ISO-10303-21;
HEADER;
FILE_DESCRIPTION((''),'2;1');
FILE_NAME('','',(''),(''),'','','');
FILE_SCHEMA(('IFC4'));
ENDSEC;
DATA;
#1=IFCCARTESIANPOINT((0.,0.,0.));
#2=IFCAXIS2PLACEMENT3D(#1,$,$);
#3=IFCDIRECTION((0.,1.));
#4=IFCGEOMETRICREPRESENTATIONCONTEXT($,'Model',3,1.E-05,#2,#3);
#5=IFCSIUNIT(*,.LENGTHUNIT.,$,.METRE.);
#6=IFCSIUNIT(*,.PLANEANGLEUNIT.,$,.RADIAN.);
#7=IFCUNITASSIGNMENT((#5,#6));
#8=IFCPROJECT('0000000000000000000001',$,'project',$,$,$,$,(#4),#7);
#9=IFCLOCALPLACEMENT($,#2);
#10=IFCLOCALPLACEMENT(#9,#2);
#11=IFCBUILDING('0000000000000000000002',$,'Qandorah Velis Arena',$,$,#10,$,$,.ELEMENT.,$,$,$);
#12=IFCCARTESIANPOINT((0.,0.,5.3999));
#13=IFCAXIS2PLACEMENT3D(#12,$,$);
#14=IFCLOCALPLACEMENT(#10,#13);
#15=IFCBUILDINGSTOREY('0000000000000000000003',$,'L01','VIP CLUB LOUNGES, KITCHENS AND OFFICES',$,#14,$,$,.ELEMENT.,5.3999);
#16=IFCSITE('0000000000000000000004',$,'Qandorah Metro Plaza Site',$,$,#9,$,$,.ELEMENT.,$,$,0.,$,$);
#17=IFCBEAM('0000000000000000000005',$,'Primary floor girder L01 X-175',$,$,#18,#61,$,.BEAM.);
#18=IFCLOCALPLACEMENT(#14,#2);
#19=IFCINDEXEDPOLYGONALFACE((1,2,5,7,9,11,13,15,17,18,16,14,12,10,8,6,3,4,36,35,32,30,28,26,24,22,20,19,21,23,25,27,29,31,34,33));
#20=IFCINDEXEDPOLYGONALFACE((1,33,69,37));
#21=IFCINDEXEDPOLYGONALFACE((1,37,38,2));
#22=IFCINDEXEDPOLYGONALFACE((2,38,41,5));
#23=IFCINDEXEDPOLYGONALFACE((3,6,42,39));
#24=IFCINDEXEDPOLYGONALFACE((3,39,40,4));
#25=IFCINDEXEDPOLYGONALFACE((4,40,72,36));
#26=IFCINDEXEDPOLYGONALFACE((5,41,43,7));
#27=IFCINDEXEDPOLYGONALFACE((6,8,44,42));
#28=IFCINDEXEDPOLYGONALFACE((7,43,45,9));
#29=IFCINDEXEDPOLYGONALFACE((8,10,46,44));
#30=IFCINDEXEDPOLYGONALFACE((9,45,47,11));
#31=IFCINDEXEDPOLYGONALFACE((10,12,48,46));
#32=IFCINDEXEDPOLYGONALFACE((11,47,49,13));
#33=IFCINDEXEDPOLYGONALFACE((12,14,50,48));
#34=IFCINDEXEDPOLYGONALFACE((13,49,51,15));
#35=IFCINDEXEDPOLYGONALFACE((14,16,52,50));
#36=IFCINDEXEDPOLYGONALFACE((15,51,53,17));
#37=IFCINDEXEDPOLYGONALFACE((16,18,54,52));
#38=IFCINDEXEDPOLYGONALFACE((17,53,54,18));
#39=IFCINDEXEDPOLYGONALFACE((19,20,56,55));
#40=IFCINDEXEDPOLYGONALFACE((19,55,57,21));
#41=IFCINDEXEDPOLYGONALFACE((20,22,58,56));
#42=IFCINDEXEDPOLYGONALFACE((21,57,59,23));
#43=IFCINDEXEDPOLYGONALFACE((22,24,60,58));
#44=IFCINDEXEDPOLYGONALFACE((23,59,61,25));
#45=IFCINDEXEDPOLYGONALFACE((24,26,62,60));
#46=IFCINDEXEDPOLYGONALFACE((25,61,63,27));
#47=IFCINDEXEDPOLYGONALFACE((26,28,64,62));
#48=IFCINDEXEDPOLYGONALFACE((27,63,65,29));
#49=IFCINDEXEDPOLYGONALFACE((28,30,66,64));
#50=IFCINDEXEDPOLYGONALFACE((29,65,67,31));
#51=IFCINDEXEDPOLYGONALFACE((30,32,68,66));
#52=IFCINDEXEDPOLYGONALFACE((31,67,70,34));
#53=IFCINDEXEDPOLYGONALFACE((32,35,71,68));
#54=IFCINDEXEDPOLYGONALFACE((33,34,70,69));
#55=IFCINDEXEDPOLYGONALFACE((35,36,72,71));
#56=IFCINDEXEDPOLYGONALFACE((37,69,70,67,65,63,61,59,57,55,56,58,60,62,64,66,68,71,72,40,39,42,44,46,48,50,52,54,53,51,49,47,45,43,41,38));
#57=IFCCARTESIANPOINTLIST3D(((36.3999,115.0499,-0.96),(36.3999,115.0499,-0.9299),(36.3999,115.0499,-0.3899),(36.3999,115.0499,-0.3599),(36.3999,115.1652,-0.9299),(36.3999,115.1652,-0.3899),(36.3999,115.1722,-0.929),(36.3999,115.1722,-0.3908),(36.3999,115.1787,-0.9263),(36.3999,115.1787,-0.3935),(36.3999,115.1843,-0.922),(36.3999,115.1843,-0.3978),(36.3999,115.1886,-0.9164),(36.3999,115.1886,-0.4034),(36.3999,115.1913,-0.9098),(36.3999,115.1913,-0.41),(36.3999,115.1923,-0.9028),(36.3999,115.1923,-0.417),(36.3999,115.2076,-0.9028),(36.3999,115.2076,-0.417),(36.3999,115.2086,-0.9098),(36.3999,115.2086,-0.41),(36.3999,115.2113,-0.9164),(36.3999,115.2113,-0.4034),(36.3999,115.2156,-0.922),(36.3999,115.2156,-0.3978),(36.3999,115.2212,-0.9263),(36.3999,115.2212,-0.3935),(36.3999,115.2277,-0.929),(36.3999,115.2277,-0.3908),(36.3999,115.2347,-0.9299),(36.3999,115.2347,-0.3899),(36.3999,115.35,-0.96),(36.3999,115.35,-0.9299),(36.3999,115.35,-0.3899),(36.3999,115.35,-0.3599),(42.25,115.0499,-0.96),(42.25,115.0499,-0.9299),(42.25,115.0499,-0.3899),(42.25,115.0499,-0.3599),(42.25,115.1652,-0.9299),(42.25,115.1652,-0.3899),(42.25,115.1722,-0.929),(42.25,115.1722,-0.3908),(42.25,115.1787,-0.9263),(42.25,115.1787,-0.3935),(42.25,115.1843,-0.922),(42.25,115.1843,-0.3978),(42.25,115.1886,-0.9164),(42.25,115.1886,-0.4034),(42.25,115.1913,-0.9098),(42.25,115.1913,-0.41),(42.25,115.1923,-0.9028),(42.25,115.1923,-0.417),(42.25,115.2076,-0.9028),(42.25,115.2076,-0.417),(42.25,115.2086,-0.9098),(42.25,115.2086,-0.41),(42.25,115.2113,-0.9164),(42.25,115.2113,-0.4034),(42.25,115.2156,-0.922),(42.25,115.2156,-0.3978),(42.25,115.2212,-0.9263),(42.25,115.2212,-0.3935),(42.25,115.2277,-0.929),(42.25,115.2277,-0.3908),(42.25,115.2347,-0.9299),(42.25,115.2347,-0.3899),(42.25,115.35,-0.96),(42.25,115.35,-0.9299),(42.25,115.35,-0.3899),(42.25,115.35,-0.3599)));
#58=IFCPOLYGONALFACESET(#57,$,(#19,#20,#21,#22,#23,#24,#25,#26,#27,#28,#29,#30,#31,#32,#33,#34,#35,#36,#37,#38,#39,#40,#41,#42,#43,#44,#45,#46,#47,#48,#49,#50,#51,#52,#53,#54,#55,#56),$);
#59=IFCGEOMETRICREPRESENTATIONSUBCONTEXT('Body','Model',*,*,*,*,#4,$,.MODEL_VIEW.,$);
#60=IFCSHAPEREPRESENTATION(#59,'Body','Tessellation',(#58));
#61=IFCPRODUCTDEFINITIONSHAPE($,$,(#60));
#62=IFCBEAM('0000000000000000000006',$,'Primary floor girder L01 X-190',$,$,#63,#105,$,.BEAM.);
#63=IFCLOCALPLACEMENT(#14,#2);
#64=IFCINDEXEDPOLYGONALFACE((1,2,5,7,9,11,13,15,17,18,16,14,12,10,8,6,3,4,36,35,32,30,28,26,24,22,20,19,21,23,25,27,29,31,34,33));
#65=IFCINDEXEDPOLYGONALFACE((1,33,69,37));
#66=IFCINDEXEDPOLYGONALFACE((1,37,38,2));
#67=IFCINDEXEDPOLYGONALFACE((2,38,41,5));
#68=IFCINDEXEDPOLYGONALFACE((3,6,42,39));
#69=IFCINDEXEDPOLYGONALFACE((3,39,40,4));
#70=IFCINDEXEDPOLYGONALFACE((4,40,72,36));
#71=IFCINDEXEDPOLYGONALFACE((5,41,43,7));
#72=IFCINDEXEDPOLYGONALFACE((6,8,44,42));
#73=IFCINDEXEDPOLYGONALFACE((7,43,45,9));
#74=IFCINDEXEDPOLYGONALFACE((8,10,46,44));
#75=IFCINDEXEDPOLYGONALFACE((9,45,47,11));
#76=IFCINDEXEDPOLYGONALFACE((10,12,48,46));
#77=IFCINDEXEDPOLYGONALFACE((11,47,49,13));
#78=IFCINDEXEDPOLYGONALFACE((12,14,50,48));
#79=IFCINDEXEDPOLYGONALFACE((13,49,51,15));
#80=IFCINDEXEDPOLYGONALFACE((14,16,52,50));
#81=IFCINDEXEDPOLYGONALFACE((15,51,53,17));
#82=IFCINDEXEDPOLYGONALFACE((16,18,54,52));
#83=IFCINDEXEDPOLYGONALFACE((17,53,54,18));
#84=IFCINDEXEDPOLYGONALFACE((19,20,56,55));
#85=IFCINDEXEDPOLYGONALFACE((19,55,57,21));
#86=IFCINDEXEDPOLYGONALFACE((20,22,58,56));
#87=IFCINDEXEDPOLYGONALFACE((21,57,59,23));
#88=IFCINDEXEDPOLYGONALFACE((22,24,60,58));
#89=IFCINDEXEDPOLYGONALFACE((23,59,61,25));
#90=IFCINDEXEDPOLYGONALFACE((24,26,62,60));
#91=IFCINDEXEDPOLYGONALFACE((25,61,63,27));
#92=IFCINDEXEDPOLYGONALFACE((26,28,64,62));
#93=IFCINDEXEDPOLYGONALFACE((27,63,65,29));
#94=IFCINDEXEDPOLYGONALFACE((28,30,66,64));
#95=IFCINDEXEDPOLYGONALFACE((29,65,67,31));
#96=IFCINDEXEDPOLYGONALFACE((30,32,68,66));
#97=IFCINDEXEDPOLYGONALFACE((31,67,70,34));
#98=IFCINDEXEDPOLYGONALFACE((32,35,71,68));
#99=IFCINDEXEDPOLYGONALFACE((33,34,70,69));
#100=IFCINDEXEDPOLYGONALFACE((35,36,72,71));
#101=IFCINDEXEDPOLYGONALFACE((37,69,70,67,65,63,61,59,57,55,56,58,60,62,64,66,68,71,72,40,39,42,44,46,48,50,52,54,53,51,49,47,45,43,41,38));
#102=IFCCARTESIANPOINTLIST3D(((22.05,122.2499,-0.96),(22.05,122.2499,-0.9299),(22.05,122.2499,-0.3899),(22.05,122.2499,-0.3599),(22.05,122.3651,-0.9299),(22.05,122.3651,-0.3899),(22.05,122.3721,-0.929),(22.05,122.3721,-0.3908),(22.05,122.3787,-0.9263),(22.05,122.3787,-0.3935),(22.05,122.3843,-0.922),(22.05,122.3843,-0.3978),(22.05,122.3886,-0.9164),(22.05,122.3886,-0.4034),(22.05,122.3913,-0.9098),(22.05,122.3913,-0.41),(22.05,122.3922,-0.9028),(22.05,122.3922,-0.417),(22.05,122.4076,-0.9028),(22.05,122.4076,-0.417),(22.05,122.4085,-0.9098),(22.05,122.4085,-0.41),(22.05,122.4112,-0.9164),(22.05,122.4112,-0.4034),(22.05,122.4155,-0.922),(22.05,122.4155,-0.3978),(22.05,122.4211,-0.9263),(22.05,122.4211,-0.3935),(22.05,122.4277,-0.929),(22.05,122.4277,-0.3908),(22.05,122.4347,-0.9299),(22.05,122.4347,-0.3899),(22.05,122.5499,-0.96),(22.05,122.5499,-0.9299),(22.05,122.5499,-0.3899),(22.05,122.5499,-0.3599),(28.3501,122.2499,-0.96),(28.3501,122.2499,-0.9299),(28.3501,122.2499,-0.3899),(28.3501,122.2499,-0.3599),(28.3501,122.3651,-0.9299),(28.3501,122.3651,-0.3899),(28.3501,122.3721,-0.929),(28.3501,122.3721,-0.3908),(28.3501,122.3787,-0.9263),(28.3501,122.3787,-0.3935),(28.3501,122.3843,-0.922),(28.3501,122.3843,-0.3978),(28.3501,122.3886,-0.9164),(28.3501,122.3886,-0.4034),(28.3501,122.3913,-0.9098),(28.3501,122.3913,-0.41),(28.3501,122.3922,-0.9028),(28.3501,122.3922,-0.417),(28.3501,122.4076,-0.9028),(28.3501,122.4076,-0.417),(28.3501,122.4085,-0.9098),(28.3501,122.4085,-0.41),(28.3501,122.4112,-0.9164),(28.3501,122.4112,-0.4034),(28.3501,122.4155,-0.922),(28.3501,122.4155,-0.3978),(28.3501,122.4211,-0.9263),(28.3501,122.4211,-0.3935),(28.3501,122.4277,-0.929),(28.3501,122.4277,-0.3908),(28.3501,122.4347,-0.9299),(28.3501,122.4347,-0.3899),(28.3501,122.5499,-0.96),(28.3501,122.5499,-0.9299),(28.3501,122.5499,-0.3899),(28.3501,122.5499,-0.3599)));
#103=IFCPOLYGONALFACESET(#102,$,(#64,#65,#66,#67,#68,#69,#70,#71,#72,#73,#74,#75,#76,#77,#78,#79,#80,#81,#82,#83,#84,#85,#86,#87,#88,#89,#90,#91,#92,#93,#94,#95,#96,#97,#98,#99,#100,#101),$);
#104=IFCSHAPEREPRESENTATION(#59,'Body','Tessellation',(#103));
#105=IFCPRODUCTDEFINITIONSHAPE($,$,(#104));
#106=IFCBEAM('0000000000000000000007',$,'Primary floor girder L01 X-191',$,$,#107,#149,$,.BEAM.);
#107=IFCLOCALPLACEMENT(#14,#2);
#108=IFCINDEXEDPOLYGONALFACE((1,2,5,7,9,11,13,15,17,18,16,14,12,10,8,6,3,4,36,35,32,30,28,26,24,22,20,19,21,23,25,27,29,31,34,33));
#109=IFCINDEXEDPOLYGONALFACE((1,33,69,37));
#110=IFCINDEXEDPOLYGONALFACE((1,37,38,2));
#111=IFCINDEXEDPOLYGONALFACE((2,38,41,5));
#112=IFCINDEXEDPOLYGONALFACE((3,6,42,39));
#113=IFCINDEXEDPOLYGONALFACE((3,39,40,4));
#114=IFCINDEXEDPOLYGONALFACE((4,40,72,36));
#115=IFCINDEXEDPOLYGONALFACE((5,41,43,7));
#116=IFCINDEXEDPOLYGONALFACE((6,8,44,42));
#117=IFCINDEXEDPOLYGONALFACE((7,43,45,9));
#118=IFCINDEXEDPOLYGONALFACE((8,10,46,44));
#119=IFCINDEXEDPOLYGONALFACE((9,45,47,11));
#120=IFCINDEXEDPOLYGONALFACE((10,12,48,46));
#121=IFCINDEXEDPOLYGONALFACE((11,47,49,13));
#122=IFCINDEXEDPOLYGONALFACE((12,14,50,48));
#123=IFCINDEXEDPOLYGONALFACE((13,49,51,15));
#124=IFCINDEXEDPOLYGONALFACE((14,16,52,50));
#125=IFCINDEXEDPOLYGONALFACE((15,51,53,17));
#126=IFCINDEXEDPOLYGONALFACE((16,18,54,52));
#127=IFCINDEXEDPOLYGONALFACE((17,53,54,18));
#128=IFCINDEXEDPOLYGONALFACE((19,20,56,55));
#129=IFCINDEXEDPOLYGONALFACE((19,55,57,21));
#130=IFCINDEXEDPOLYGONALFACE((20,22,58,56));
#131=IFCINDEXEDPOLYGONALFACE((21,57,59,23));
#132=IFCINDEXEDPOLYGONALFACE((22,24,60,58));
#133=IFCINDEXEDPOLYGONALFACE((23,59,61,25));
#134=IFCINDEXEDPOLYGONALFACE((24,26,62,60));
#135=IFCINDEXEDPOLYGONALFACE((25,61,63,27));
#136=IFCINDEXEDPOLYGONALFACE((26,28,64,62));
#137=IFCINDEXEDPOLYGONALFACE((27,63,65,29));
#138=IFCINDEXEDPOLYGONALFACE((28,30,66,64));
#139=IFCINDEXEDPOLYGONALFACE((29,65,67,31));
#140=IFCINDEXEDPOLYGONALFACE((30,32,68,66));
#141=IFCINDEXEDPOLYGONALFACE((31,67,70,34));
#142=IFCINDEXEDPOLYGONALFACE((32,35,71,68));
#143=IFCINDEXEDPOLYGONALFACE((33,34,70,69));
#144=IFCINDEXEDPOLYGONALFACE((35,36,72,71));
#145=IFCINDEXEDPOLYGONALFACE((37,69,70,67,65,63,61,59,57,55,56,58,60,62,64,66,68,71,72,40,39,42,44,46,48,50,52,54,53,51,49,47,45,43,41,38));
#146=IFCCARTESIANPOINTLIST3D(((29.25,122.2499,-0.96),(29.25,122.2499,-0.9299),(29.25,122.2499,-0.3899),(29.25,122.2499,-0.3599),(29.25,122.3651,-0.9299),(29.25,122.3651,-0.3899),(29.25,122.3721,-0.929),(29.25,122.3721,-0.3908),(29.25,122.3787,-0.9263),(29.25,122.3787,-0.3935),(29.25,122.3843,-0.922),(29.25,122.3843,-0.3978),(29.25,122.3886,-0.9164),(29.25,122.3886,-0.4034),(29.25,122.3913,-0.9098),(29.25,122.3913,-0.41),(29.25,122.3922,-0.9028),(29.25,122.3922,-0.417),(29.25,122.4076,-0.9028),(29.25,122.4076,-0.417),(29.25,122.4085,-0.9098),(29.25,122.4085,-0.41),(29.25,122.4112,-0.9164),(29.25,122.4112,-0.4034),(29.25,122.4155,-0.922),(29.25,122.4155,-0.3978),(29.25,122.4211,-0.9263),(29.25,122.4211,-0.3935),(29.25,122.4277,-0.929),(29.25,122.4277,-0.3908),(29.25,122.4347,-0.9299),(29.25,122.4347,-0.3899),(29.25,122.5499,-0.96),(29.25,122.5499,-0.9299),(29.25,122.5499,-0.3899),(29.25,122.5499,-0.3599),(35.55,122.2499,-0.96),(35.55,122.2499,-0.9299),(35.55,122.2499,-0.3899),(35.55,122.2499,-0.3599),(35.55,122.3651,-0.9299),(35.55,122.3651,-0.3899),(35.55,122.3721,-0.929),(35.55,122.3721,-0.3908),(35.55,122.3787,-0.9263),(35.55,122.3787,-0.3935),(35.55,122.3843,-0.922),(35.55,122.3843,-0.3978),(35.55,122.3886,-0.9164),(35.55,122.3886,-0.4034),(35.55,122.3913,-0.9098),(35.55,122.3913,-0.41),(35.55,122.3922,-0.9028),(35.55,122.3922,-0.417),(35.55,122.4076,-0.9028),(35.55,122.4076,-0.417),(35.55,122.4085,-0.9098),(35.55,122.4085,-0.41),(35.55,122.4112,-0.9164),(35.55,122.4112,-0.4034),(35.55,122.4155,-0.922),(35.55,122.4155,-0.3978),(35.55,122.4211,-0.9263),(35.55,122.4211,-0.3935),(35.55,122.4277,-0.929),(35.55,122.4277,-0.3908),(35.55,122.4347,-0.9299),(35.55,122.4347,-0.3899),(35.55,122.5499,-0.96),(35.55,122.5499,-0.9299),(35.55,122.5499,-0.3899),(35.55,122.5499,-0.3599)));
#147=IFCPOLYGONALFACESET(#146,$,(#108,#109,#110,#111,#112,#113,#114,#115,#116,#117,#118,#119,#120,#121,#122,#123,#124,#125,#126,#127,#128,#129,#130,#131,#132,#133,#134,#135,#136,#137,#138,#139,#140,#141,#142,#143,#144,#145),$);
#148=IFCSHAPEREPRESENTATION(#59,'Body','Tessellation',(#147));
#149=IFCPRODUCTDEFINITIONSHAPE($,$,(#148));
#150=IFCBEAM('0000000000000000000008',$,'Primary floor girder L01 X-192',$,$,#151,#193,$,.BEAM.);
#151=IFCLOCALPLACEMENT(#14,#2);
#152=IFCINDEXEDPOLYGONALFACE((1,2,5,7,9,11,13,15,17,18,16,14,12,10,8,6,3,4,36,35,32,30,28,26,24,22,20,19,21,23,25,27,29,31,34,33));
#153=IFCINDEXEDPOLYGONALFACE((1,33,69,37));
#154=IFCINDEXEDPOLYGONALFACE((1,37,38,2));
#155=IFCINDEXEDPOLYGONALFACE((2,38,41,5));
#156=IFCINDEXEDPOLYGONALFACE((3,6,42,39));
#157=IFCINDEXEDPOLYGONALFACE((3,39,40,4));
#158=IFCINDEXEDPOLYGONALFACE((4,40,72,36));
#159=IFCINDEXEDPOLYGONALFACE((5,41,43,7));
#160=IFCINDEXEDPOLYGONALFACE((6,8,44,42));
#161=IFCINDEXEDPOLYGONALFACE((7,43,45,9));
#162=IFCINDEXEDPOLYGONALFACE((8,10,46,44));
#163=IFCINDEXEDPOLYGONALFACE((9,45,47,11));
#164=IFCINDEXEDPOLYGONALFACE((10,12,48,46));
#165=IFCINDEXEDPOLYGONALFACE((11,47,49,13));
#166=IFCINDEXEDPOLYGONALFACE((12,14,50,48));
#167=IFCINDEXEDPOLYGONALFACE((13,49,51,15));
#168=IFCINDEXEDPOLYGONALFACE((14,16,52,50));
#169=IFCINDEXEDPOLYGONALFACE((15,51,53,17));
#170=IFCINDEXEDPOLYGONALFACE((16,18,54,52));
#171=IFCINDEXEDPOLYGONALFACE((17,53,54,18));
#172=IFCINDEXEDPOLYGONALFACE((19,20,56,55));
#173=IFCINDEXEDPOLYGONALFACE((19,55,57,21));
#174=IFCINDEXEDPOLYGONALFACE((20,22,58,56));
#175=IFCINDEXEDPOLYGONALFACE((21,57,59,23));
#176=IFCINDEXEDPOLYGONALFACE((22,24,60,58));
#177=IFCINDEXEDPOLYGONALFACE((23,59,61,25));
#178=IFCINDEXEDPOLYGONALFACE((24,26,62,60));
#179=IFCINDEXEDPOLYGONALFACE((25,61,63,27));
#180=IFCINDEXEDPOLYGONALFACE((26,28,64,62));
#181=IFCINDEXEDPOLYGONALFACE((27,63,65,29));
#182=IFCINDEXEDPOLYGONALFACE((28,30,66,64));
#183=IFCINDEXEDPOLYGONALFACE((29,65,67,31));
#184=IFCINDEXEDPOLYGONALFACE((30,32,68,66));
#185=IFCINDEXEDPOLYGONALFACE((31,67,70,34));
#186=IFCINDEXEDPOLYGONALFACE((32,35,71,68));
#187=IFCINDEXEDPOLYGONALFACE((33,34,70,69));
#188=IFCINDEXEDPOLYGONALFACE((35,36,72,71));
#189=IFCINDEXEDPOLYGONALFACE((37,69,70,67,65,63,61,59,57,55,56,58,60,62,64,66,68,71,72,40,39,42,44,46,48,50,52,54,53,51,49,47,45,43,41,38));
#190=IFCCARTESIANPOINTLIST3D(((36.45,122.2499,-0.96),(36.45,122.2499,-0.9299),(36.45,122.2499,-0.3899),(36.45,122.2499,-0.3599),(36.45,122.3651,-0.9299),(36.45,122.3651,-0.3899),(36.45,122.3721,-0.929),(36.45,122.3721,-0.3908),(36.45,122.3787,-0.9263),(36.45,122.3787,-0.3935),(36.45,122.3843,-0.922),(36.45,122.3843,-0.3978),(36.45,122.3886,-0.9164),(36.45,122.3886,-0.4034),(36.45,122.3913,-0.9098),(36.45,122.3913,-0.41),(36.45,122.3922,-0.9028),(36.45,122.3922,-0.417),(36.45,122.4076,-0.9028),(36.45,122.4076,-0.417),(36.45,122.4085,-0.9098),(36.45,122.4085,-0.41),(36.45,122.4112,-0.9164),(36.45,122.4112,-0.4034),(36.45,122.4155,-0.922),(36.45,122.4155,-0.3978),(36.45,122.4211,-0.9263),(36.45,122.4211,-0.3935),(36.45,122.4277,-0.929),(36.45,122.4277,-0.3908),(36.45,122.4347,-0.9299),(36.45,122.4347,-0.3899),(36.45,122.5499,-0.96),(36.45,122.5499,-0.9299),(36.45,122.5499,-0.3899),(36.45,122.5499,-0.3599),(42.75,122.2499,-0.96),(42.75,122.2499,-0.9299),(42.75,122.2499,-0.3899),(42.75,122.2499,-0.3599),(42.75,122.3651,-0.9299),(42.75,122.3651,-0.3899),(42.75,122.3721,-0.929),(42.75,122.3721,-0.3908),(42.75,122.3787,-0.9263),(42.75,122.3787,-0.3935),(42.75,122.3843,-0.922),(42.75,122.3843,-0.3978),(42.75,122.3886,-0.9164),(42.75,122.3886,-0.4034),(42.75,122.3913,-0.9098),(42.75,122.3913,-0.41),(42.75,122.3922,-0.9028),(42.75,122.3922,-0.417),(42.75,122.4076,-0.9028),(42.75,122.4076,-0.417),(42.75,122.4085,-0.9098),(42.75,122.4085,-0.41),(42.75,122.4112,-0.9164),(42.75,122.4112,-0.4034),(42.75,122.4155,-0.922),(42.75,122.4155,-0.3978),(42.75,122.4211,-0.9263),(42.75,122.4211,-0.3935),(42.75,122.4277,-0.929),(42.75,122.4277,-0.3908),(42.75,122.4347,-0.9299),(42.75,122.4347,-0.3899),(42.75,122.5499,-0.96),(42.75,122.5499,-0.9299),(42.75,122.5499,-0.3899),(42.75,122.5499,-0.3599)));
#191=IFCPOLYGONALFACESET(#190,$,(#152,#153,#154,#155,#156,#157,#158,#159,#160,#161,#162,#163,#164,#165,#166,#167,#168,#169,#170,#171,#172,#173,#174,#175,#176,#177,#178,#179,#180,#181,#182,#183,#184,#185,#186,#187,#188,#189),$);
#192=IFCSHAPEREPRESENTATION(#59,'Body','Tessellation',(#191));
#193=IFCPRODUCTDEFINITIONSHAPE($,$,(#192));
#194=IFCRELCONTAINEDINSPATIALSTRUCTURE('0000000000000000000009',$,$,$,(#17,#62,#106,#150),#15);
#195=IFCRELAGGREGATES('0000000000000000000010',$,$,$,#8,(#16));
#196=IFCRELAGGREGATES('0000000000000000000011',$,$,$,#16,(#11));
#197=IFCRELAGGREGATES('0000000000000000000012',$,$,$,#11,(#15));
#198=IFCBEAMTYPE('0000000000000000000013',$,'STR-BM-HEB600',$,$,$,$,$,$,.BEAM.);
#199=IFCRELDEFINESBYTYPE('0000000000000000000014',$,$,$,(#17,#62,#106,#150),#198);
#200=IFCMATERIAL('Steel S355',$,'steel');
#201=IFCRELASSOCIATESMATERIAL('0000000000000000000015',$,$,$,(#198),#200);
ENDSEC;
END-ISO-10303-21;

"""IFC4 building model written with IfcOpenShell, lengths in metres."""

from ifc_helpers import new_model, si_unit, direction, frame, origin, origin_2d, place, context, subcontext, project, spatial, i_section, extrude, material, material_profile, profile_set, type_object, element, save


model = new_model("IFC4")

# Units and contexts
model_context = context("Model", 3, precision=1e-05, world=origin(), true_north=direction((0.0, 1.0)))
body_context = subcontext(model_context, "Body", "Model", "MODEL_VIEW")
ifc_project = project(units=[si_unit("LENGTHUNIT", "METRE"), si_unit("PLANEANGLEUNIT", "RADIAN")], contexts=[model_context])

# Site, building, storey
site_placement = place(None, origin())
site = spatial("IfcSite", under=ifc_project, at=site_placement, Name="Qandorah Metro Plaza Site", CompositionType="ELEMENT", RefElevation=0.0)
building_placement = place(site_placement, origin())
building = spatial("IfcBuilding", under=site, at=building_placement, Name="Qandorah Velis Arena", CompositionType="ELEMENT")
storey_placement = place(building_placement, frame((0.0, 0.0, 5.3999)))
storey = spatial("IfcBuildingStorey", under=building, at=storey_placement, Name="L01", Description="VIP CLUB LOUNGES, KITCHENS AND OFFICES", CompositionType="ELEMENT", Elevation=5.3999)

# Beams
ifc_material_1 = material(Name="Steel S355", Category="steel")
ifc_material_profile_1 = material_profile(ifc_material_1, i_section(OverallWidth=0.3, OverallDepth=0.6001, WebThickness=0.0154, FlangeThickness=0.03, FilletRadius=0.0271, at=origin_2d()), Name="HEB 600")
ifc_profile_set_1 = profile_set([ifc_material_profile_1], Name="Steel S355")
beam_type_1 = type_object("IfcBeamType", Name="STR-BM-HEB600", PredefinedType="BEAM", material=ifc_profile_set_1)
beam_1_placement = place(storey_placement, frame((36.3999, 115.2, -0.6599), z_axis=(1.0, 0.0, 0.0), x_axis=(0.0, 1.0, 0.0)))
element("IfcBeam", 1, at=beam_1_placement, inside=storey, type_object=beam_type_1, Name="Primary floor girder L01 X-175", PredefinedType="BEAM", context=body_context, shape_type="SweptSolid", body=[
    extrude(i_section(OverallWidth=0.3, OverallDepth=0.6001, WebThickness=0.0154, FlangeThickness=0.03, FilletRadius=0.0271, at=origin_2d()), origin(), (0.0, 0.0, 1.0), 5.8501),
])
for number, where, z_axis, x_axis, name in (
    (2, (22.05, 122.3999, -0.6599), (1.0, 0.0, 0.0), (0.0, 1.0, 0.0), "Primary floor girder L01 X-190"),
    (3, (29.25, 122.3999, -0.6599), (1.0, 0.0, 0.0), (0.0, 1.0, 0.0), "Primary floor girder L01 X-191"),
    (4, (36.45, 122.3999, -0.6599), (1.0, 0.0, 0.0), (0.0, 1.0, 0.0), "Primary floor girder L01 X-192"),
):
    element("IfcBeam", number, at=place(storey_placement, frame(where, z_axis=z_axis, x_axis=x_axis)), inside=storey, type_object=beam_type_1, Name=name, PredefinedType="BEAM", context=body_context, shape_type="SweptSolid", body=[
        extrude(i_section(OverallWidth=0.3, OverallDepth=0.6001, WebThickness=0.0154, FlangeThickness=0.03, FilletRadius=0.0271, at=origin_2d()), origin(), (0.0, 0.0, 1.0), 6.3),
    ])

save(model, "model.ifc")
